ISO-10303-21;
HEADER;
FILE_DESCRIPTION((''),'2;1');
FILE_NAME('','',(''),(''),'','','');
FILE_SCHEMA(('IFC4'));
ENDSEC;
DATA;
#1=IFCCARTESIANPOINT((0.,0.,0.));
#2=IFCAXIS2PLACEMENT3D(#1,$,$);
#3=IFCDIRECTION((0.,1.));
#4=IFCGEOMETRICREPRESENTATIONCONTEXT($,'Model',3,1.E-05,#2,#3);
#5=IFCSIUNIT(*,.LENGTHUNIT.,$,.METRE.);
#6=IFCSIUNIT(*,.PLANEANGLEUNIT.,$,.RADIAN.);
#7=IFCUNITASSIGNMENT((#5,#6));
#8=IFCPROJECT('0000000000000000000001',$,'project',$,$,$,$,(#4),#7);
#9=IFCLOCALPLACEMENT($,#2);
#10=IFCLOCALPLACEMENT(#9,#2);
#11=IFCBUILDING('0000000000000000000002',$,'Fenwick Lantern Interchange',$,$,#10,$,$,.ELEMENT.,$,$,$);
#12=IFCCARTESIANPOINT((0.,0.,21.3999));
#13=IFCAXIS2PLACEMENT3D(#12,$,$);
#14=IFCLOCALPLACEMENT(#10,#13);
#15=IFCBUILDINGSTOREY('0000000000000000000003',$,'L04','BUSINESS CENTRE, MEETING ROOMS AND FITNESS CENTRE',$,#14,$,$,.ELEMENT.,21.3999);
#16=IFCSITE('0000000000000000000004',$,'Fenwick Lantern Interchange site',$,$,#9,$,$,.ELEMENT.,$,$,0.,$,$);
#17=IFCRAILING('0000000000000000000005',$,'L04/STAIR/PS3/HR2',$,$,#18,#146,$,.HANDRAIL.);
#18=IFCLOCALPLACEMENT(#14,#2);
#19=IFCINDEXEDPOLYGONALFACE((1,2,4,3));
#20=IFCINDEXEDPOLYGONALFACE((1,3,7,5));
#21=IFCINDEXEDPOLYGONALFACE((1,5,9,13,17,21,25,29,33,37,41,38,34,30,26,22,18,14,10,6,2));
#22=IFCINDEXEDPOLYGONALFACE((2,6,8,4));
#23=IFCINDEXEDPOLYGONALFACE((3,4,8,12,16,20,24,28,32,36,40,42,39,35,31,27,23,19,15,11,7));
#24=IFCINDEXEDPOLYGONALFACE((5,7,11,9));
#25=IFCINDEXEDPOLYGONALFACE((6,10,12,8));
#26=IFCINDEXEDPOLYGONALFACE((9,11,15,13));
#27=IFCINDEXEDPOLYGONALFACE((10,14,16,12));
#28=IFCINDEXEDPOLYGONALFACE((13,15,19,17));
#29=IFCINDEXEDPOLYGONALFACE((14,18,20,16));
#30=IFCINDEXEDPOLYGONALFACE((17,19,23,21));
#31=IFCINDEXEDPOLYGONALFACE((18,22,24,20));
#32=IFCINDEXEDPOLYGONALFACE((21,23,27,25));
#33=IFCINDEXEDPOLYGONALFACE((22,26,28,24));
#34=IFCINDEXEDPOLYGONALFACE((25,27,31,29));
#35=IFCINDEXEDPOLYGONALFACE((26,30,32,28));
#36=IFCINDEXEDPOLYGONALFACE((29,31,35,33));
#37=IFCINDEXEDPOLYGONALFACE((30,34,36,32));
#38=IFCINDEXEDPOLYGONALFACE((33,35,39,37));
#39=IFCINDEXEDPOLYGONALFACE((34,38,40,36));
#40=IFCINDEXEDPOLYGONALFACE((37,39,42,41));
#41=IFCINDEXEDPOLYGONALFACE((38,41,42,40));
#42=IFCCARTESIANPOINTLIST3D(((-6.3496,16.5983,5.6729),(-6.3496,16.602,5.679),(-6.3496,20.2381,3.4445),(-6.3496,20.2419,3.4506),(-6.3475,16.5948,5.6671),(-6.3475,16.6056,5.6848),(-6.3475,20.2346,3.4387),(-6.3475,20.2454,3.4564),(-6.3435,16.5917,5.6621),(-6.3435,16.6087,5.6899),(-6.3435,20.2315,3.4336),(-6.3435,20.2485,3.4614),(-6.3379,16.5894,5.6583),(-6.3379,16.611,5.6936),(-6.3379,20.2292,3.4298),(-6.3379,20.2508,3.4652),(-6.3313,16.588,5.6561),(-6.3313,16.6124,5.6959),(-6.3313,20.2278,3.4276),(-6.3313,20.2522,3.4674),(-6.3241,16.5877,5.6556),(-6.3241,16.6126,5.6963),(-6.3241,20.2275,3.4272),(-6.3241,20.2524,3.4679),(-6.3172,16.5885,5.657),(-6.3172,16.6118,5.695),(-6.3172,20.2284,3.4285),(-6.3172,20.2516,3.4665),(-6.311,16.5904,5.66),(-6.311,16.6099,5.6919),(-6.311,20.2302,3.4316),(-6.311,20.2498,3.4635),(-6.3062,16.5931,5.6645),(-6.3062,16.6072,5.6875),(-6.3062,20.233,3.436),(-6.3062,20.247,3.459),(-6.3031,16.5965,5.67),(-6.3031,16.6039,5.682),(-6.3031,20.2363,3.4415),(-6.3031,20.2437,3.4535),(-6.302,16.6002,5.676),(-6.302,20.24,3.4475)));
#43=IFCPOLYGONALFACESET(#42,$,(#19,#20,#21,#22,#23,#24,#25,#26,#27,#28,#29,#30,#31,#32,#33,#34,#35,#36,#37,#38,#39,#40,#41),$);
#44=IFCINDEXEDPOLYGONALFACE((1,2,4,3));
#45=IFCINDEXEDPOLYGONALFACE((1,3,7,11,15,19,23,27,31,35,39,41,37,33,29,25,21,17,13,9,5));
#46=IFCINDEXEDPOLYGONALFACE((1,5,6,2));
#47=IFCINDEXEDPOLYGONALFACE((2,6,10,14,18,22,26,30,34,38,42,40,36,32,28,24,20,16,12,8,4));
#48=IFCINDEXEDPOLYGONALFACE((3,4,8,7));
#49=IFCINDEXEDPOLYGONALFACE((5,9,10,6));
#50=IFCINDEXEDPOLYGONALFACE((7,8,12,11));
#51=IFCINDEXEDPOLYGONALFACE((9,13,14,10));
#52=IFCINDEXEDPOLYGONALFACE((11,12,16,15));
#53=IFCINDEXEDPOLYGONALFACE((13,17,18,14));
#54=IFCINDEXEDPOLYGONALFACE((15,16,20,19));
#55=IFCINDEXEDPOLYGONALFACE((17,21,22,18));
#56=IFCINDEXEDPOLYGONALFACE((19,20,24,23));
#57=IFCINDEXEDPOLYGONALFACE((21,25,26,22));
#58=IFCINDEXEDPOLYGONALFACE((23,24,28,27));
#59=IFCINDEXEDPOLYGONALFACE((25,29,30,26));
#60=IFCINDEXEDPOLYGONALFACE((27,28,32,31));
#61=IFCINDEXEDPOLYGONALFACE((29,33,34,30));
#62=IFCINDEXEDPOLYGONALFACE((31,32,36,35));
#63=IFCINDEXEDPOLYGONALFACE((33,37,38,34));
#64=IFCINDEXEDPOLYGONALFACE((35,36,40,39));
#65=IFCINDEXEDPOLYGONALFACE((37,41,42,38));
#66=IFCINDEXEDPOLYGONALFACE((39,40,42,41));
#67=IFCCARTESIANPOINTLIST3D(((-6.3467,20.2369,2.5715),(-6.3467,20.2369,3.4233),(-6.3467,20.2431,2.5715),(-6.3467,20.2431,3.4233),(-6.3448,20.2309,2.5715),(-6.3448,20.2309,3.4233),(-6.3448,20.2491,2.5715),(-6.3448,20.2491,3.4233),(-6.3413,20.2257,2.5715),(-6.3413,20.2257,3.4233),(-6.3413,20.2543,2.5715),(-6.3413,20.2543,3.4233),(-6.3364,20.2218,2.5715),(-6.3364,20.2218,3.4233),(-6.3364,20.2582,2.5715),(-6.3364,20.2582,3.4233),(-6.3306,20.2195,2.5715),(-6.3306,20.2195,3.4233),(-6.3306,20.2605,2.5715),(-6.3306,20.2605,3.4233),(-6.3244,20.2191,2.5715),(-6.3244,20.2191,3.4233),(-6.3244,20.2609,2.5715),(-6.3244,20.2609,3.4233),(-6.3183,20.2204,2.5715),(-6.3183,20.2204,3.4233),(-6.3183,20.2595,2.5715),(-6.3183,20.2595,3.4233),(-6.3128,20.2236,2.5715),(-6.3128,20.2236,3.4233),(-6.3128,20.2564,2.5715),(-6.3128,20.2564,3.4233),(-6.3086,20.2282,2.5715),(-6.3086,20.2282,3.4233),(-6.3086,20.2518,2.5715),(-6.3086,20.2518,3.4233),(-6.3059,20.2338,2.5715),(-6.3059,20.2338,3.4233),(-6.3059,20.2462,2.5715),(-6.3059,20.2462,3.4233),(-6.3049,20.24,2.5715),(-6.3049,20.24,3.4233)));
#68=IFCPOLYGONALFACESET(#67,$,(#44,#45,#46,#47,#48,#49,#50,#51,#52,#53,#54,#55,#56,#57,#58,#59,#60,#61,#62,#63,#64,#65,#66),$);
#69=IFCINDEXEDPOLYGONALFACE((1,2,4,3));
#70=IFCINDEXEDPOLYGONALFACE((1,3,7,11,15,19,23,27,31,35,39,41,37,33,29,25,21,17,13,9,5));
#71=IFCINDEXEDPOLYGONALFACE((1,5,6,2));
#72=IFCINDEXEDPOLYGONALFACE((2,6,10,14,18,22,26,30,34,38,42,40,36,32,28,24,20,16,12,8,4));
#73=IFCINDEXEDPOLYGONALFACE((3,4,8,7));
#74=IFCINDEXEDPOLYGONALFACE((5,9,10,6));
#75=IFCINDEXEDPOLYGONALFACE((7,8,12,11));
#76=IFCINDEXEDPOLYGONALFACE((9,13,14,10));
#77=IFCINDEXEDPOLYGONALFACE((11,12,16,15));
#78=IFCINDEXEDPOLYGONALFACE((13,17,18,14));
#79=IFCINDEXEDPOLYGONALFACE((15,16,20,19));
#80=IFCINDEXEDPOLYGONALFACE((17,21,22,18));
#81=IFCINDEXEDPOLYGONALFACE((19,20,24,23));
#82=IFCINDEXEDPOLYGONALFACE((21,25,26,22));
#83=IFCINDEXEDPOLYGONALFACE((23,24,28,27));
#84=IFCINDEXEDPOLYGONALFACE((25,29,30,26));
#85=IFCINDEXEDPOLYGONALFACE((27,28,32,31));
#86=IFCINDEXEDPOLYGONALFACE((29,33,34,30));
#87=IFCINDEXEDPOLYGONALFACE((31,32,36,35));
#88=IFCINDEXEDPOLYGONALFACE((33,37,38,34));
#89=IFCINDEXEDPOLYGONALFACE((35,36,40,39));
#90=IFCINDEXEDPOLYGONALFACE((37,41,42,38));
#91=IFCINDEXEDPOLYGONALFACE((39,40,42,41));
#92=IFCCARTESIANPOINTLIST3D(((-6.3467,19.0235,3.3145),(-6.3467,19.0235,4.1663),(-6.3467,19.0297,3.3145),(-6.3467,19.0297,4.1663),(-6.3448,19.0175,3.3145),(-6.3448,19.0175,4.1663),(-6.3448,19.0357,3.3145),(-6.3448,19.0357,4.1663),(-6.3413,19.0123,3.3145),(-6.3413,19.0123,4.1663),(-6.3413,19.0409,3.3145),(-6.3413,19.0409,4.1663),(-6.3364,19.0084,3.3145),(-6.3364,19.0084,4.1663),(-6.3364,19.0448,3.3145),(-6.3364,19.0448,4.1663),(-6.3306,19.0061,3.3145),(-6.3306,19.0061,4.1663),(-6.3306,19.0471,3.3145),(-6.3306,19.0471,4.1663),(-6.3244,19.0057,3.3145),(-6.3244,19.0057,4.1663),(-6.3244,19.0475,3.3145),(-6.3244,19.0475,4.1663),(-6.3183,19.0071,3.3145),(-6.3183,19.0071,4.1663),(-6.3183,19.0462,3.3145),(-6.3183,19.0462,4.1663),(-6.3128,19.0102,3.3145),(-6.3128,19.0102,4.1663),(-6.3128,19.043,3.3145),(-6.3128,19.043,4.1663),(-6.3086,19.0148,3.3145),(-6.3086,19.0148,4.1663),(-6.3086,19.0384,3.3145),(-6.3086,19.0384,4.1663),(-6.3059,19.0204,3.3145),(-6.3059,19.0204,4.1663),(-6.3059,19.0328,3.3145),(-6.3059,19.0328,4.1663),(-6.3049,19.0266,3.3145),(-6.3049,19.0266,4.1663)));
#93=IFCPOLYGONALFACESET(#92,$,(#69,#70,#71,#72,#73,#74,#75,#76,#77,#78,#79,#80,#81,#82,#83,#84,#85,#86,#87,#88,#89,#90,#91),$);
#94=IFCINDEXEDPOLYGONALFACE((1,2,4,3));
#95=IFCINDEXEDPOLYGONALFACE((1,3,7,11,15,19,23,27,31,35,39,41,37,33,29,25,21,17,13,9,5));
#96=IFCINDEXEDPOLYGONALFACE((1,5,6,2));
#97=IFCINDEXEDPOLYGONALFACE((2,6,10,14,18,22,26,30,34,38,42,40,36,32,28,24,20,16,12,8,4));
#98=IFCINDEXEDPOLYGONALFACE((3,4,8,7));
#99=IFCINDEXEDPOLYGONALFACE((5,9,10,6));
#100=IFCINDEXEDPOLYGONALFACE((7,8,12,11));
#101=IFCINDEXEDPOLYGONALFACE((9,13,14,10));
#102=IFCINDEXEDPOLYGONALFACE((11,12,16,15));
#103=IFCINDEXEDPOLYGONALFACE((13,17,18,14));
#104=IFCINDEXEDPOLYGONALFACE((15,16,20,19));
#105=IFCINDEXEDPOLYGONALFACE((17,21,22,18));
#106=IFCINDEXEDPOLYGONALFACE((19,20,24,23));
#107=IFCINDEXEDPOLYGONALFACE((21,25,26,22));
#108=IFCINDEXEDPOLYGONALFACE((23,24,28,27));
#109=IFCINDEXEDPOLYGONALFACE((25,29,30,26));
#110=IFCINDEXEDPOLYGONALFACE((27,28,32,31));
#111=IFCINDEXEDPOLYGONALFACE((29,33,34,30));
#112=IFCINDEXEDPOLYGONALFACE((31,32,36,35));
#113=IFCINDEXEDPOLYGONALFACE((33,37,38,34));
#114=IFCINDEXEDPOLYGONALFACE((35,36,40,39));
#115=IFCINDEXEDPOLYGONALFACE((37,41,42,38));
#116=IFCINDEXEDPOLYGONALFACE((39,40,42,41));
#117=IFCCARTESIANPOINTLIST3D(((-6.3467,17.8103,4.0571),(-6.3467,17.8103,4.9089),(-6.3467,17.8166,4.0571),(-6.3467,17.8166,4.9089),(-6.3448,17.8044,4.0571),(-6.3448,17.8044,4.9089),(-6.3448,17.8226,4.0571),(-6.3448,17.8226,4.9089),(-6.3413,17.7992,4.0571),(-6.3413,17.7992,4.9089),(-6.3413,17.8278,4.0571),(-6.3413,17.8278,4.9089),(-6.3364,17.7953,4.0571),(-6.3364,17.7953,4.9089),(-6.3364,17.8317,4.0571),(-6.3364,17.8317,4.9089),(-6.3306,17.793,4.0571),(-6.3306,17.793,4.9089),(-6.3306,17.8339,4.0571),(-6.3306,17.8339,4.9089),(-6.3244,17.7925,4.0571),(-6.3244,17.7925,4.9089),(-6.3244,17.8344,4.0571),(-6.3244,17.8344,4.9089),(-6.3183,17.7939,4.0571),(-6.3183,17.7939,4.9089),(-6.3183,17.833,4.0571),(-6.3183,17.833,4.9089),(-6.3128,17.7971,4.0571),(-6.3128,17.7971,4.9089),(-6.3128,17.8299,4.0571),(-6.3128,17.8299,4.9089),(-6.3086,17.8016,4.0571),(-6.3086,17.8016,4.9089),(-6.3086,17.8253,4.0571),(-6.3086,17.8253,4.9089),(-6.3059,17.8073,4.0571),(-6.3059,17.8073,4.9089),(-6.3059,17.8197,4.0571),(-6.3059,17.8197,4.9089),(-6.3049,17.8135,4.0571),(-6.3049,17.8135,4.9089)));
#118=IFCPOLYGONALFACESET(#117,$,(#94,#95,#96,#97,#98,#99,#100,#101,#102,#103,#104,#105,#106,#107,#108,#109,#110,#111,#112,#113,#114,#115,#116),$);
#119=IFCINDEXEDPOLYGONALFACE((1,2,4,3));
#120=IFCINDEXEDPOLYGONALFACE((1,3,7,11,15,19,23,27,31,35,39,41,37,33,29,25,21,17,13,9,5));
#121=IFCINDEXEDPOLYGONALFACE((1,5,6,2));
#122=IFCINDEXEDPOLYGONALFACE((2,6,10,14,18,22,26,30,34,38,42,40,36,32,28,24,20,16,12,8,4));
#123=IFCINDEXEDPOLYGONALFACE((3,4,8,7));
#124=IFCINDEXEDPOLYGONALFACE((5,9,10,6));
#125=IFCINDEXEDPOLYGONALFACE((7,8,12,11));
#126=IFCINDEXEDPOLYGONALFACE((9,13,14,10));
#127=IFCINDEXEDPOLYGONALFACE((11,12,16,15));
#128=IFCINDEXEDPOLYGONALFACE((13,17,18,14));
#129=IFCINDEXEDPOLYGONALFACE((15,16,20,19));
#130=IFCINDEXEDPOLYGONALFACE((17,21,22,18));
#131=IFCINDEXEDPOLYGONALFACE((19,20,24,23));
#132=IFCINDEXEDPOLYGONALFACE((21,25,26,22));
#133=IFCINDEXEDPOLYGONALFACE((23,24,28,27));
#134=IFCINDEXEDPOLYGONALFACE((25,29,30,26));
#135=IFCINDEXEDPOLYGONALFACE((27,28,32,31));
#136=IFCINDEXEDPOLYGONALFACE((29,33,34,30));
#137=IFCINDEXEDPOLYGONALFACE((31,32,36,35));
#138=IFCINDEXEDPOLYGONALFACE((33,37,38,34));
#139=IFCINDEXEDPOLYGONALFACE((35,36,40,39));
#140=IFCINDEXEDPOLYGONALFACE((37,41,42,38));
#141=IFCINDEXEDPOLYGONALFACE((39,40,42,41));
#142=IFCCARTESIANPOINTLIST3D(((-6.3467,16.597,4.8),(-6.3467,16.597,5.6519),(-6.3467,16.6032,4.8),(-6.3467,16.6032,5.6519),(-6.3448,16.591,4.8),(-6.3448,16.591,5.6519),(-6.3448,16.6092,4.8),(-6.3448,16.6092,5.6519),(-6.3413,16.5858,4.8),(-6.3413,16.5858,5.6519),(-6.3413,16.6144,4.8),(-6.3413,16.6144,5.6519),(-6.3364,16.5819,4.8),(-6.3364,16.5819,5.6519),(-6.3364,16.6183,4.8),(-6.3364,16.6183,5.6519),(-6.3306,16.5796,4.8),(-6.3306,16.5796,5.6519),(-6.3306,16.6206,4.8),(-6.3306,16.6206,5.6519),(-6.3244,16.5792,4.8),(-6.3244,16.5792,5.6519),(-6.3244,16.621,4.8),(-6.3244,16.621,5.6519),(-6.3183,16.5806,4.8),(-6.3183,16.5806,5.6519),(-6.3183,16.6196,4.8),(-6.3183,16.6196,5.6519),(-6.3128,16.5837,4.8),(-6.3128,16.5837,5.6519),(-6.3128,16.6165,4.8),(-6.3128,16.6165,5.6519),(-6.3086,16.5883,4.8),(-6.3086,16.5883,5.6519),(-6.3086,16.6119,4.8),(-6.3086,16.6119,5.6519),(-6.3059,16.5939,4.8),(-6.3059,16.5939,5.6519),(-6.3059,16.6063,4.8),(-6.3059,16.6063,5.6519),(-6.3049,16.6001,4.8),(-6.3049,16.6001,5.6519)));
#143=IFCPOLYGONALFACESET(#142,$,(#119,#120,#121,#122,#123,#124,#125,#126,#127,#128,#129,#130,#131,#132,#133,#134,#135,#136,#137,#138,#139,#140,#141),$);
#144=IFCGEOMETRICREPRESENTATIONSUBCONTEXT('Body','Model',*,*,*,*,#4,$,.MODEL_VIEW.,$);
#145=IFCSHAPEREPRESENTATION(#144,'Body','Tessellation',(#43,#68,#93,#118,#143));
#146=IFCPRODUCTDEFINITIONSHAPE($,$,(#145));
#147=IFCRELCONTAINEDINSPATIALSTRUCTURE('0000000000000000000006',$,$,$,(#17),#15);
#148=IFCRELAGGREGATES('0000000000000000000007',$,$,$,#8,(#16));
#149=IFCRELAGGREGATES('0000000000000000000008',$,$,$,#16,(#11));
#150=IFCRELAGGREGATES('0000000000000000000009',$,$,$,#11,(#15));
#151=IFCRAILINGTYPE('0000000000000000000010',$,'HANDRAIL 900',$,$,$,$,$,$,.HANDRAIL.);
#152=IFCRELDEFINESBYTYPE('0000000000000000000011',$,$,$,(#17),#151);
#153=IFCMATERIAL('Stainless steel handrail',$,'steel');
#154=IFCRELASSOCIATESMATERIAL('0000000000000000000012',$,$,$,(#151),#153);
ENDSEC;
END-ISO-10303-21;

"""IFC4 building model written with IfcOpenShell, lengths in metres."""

from ifc_helpers import new_model, si_unit, direction, frame, origin, origin_2d, place, context, subcontext, project, spatial, circle, extrude, material, type_object, element, save


model = new_model("IFC4")

# Units and contexts
model_context = context("Model", 3, precision=1e-05, world=origin(), true_north=direction((0.0, 1.0)))
body_context = subcontext(model_context, "Body", "Model", "MODEL_VIEW")
ifc_project = project(units=[si_unit("LENGTHUNIT", "METRE"), si_unit("PLANEANGLEUNIT", "RADIAN")], contexts=[model_context])

# Site, building, storey
site_placement = place(None, origin())
site = spatial("IfcSite", under=ifc_project, at=site_placement, Name="Fenwick Lantern Interchange site", CompositionType="ELEMENT", RefElevation=0.0)
building_placement = place(site_placement, origin())
building = spatial("IfcBuilding", under=site, at=building_placement, Name="Fenwick Lantern Interchange", CompositionType="ELEMENT")
storey_placement = place(building_placement, frame((0.0, 0.0, 21.3999)))
storey = spatial("IfcBuildingStorey", under=building, at=storey_placement, Name="L04", Description="BUSINESS CENTRE, MEETING ROOMS AND FITNESS CENTRE", CompositionType="ELEMENT", Elevation=21.3999)

# Railing
ifc_material_1 = material(Name="Stainless steel handrail", Category="steel")
railing_type = type_object("IfcRailingType", Name="HANDRAIL 900", PredefinedType="HANDRAIL", material=ifc_material_1)
railing_1_placement = place(storey_placement, frame((-6.3259, 20.24, 2.5715)))
element("IfcRailing", 1, at=railing_1_placement, inside=storey, type_object=railing_type, Name="L04/STAIR/PS3/HR2", PredefinedType="HANDRAIL", context=body_context, shape_type="SweptSolid", body=[
    extrude(circle(Radius=0.0239, at=origin_2d()), frame((0.0, 0.0, 0.876), z_axis=(0.0, -0.85285, 0.522156), x_axis=(1.0, 0.0, 0.0)), (0.0, 0.0, 1.0), 4.2678),
    extrude(circle(Radius=0.021, at=origin_2d()), origin(), (0.0, 0.0, 1.0), 0.8518),
    extrude(circle(Radius=0.021, at=origin_2d()), frame((0.0, -1.2134, 0.7429)), (0.0, 0.0, 1.0), 0.8518),
    extrude(circle(Radius=0.021, at=origin_2d()), frame((0.0, -2.4265, 1.4856)), (0.0, 0.0, 1.0), 0.8518),
    extrude(circle(Radius=0.021, at=origin_2d()), frame((0.0, -3.6399, 2.2285)), (0.0, 0.0, 1.0), 0.8518),
])

save(model, "model.ifc")
